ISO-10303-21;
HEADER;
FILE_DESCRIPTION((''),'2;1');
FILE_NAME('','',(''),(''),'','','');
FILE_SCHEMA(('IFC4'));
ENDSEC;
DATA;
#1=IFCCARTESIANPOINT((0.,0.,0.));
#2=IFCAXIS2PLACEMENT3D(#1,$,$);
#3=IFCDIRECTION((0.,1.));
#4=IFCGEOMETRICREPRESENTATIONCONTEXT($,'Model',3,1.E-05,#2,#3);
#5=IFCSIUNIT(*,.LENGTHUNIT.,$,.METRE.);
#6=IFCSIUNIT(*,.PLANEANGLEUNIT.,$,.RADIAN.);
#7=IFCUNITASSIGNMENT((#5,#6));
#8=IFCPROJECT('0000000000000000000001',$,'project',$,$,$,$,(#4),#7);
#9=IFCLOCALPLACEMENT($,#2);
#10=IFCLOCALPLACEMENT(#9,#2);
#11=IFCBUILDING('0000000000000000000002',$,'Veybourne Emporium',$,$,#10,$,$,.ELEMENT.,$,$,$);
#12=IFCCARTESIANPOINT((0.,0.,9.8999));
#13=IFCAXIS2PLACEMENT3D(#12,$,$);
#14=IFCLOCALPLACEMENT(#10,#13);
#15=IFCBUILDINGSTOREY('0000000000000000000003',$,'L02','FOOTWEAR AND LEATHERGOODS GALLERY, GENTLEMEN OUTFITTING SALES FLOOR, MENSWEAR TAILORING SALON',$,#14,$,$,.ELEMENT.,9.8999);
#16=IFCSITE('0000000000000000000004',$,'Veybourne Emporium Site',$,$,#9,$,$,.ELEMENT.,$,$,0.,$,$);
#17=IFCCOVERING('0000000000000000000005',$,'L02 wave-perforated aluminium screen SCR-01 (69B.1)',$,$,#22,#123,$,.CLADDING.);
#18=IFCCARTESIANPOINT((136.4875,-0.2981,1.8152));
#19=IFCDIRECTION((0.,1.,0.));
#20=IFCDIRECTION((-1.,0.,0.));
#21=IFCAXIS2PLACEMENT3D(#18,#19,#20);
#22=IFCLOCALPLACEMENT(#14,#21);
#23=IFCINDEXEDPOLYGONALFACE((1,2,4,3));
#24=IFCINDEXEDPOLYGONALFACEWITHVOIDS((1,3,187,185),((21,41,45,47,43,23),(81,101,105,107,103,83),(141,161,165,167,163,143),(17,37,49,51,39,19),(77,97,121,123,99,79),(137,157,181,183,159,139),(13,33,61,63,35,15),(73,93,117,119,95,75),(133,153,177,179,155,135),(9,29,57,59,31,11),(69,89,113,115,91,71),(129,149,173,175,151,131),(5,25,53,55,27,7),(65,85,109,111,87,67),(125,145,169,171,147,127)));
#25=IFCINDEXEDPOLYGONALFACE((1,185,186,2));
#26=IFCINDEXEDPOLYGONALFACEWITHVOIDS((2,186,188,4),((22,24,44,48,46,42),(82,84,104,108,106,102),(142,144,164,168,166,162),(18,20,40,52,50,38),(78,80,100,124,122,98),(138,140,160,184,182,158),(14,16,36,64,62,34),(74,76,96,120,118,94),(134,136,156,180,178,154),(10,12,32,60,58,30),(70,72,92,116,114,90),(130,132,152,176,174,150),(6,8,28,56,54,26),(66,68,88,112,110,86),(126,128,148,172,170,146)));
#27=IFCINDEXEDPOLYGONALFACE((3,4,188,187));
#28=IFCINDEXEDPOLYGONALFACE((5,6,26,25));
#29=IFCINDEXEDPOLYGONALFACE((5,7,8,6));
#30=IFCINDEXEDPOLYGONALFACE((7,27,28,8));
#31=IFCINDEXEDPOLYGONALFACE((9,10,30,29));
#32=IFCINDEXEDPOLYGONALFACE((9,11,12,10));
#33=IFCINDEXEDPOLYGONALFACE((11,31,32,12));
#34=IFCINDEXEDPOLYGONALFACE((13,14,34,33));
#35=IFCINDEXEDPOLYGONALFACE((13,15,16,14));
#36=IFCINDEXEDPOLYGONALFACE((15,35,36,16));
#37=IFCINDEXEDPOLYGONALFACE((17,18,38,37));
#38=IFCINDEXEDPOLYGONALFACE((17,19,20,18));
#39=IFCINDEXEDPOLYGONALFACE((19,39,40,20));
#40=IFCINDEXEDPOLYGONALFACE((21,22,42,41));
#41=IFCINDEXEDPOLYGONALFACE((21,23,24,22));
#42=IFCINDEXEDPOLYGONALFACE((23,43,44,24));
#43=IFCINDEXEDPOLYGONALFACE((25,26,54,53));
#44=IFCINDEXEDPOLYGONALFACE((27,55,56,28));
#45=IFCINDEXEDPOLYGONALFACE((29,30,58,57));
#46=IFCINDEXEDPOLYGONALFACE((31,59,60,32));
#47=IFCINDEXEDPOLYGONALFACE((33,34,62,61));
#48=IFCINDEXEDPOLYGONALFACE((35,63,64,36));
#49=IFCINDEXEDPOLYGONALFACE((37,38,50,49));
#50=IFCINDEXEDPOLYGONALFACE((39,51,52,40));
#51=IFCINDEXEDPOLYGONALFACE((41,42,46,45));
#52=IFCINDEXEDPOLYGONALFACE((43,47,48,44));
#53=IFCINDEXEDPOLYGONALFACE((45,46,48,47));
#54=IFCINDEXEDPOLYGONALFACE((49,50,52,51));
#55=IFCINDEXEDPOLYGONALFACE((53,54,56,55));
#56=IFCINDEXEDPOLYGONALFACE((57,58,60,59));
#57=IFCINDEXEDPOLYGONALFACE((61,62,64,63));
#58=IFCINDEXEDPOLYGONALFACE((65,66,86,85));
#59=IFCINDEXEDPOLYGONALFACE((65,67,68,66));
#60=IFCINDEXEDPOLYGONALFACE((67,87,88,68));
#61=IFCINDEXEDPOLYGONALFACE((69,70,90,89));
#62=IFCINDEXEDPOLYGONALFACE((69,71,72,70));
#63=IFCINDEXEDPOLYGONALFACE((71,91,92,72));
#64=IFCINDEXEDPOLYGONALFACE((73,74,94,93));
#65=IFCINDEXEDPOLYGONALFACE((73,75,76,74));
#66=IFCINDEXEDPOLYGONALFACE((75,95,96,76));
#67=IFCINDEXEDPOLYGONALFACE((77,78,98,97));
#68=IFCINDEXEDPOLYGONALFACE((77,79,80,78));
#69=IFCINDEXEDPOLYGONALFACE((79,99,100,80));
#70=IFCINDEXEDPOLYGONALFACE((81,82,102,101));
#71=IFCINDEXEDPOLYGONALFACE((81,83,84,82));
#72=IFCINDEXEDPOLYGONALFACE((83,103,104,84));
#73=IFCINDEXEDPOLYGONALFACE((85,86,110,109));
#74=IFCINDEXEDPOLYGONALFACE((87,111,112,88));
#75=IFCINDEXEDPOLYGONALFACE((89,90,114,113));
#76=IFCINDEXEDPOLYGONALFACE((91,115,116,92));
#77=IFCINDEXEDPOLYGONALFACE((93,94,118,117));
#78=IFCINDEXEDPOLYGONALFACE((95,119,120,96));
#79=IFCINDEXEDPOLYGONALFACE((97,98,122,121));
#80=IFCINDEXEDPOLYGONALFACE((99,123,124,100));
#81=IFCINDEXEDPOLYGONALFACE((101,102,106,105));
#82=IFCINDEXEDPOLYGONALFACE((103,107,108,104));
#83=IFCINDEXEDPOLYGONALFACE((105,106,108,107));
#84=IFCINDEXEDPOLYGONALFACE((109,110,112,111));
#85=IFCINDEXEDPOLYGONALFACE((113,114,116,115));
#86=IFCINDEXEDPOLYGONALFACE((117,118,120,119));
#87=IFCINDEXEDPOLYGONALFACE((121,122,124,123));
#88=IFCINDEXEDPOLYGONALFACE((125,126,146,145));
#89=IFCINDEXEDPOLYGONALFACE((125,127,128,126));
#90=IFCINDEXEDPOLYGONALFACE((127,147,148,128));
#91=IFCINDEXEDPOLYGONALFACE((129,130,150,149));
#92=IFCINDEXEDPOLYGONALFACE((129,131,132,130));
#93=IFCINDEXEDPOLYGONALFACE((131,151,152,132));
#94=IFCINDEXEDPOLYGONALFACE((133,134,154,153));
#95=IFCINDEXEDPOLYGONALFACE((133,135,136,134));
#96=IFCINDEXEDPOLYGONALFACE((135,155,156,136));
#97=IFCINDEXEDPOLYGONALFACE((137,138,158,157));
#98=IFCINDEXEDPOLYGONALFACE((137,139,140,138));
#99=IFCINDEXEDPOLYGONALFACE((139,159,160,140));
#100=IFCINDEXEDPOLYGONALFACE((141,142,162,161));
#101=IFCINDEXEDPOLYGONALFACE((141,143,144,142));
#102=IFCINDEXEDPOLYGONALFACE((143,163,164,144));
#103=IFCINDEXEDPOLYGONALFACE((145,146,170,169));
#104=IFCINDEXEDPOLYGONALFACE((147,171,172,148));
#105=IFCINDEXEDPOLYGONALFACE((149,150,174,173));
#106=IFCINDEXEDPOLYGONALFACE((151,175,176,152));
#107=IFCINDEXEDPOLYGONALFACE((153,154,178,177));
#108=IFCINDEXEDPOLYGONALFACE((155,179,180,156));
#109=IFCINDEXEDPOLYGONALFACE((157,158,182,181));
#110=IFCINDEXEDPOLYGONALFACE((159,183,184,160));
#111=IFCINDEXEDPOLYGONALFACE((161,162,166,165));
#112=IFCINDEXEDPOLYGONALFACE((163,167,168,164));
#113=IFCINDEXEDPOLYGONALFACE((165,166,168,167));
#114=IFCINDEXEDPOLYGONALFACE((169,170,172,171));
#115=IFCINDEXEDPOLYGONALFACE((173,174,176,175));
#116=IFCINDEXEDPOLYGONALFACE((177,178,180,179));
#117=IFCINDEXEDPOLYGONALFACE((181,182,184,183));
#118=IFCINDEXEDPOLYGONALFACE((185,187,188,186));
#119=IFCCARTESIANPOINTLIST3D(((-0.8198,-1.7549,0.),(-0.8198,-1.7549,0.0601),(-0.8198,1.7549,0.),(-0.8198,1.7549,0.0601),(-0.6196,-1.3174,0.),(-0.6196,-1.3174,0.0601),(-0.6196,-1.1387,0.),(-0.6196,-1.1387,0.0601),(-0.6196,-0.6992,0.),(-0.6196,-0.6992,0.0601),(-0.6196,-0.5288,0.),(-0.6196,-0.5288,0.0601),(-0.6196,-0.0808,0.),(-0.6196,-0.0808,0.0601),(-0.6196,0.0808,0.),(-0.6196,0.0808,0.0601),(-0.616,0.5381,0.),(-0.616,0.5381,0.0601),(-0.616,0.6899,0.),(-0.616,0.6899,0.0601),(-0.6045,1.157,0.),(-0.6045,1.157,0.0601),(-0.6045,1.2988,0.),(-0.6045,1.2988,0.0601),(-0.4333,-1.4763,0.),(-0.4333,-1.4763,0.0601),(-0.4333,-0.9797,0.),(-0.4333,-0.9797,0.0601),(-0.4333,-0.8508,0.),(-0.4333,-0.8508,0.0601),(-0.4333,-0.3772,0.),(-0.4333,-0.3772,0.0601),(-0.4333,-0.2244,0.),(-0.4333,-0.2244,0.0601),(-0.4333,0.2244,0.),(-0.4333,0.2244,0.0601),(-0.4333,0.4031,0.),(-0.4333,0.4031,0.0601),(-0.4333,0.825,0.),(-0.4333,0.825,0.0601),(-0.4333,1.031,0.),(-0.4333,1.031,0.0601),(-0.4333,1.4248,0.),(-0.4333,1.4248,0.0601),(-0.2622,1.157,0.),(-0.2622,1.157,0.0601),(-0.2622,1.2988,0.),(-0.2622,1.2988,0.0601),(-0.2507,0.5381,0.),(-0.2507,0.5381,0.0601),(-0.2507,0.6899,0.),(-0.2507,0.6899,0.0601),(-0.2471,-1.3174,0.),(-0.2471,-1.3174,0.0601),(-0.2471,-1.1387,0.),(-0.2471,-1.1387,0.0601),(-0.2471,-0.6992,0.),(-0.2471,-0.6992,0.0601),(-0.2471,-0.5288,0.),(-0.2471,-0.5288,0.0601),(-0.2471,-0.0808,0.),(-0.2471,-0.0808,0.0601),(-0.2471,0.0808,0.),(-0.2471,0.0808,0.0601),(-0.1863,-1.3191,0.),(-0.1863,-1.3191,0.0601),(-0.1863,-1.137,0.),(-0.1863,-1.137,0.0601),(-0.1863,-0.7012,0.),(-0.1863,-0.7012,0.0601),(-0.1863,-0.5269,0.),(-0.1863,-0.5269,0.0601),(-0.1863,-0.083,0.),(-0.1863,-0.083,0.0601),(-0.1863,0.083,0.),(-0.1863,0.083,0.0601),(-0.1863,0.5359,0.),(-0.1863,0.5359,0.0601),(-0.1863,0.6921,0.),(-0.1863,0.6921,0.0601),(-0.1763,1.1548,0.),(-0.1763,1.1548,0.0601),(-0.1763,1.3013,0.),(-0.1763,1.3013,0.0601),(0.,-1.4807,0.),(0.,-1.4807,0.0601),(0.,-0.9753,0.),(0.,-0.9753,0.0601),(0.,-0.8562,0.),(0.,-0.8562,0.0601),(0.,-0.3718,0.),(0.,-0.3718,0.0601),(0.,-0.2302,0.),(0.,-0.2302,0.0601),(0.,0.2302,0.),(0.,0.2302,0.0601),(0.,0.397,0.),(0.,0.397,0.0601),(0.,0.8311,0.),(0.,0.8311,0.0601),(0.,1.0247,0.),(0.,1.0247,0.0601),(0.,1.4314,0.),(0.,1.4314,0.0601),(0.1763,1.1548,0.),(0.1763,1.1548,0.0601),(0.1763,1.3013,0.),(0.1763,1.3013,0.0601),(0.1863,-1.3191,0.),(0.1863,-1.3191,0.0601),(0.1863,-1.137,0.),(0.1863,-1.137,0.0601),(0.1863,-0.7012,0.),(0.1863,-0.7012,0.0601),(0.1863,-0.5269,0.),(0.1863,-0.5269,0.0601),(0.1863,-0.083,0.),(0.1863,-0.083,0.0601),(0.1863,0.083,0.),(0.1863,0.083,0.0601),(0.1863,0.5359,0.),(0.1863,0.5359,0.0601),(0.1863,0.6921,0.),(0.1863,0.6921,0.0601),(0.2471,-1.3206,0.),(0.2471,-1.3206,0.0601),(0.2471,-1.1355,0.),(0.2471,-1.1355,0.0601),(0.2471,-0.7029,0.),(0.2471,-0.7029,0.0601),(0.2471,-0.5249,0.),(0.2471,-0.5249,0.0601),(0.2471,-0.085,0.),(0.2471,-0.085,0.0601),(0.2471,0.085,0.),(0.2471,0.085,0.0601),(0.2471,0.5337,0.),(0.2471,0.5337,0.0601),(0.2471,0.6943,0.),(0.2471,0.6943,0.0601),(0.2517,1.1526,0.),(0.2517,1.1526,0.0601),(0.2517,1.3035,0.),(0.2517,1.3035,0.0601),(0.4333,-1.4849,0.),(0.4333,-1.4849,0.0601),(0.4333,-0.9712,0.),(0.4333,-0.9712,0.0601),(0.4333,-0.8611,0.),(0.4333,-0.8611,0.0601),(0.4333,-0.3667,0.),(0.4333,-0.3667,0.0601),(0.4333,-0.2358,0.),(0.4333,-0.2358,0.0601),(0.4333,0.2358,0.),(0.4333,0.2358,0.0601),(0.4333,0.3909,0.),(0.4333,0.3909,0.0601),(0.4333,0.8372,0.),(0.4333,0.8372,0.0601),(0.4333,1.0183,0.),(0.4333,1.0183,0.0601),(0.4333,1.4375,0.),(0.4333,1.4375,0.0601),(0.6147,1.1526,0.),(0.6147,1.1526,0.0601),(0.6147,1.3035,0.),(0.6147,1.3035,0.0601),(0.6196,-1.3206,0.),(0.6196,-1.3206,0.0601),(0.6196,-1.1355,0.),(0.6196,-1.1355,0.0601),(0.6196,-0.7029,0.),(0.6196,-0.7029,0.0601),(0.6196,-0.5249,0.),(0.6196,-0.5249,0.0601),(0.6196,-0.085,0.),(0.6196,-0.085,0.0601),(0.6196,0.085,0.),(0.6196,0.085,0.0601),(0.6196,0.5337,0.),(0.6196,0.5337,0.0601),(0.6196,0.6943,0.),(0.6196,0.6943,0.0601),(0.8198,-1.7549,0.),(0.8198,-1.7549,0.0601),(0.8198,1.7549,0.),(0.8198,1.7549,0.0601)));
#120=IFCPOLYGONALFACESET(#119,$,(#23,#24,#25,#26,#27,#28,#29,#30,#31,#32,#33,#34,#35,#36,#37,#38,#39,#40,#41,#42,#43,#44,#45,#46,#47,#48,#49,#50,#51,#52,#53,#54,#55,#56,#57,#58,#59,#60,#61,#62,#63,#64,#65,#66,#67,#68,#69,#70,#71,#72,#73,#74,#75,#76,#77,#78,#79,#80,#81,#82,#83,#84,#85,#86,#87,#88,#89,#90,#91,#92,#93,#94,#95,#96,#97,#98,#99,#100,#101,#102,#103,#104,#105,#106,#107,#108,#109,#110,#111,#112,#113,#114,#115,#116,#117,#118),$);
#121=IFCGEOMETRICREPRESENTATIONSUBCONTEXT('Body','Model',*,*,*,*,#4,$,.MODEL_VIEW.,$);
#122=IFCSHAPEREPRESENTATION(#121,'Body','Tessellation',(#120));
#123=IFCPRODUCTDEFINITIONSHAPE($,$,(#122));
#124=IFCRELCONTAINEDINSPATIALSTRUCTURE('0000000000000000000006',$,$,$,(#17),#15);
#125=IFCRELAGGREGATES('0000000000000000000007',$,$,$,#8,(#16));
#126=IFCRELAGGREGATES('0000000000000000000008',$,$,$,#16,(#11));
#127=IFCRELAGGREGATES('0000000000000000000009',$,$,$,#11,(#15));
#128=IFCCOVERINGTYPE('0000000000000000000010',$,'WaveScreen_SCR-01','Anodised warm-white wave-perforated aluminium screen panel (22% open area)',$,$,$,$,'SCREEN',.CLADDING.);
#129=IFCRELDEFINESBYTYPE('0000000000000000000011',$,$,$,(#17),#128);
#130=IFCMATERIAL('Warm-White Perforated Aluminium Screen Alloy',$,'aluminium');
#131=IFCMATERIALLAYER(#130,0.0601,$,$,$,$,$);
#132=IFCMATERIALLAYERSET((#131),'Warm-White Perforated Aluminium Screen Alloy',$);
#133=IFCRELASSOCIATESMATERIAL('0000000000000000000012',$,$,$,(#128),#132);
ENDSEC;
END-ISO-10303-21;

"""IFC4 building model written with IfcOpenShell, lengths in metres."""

from ifc_helpers import new_model, si_unit, direction, frame, origin, place, context, subcontext, project, spatial, polyline, outline, extrude, material, layer, layer_set, type_object, element, save


model = new_model("IFC4")

# Units and contexts
model_context = context("Model", 3, precision=1e-05, world=origin(), true_north=direction((0.0, 1.0)))
body_context = subcontext(model_context, "Body", "Model", "MODEL_VIEW")
ifc_project = project(units=[si_unit("LENGTHUNIT", "METRE"), si_unit("PLANEANGLEUNIT", "RADIAN")], contexts=[model_context])

# Site, building, storey
site_placement = place(None, origin())
site = spatial("IfcSite", under=ifc_project, at=site_placement, Name="Veybourne Emporium Site", CompositionType="ELEMENT", RefElevation=0.0)
building_placement = place(site_placement, origin())
building = spatial("IfcBuilding", under=site, at=building_placement, Name="Veybourne Emporium", CompositionType="ELEMENT")
storey_placement = place(building_placement, frame((0.0, 0.0, 9.8999)))
storey = spatial("IfcBuildingStorey", under=building, at=storey_placement, Name="L02", Description="FOOTWEAR AND LEATHERGOODS GALLERY, GENTLEMEN OUTFITTING SALES FLOOR, MENSWEAR TAILORING SALON", CompositionType="ELEMENT", Elevation=9.8999)

# Covering
ifc_material_1 = material(Name="Warm-White Perforated Aluminium Screen Alloy", Category="aluminium")
ifc_layer_1 = layer(ifc_material_1, 0.0601)
ifc_layer_set_1 = layer_set([ifc_layer_1], Name="Warm-White Perforated Aluminium Screen Alloy")
covering_type_1 = type_object("IfcCoveringType", Name="WaveScreen_SCR-01", Description="Anodised warm-white wave-perforated aluminium screen panel (22% open area)", ElementType="SCREEN", PredefinedType="CLADDING", material=ifc_layer_set_1)
covering_1_placement = place(storey_placement, frame((136.4875, -0.2981, 1.8152), z_axis=(0.0, 1.0, 0.0), x_axis=(-1.0, 0.0, 0.0)))
element("IfcCovering", 1, at=covering_1_placement, inside=storey, type_object=covering_type_1, Name="L02 wave-perforated aluminium screen SCR-01 (69B.1)", PredefinedType="CLADDING", context=body_context, shape_type="SweptSolid", body=[
    extrude(outline(polyline([(-0.8198, -1.7549), (0.8198, -1.7549), (0.8198, 1.7549), (-0.8198, 1.7549), (-0.8198, -1.7549)]), holes=[polyline([(-0.4333, -0.9797), (-0.2471, -1.1387), (-0.2471, -1.3174), (-0.4333, -1.4763), (-0.6196, -1.3174), (-0.6196, -1.1387), (-0.4333, -0.9797)]), polyline([(-0.4333, -0.3772), (-0.2471, -0.5288), (-0.2471, -0.6992), (-0.4333, -0.8508), (-0.6196, -0.6992), (-0.6196, -0.5288), (-0.4333, -0.3772)]), polyline([(-0.4333, 0.2244), (-0.2471, 0.0808), (-0.2471, -0.0808), (-0.4333, -0.2244), (-0.6196, -0.0808), (-0.6196, 0.0808), (-0.4333, 0.2244)]), polyline([(-0.4333, 0.825), (-0.2507, 0.6899), (-0.2507, 0.5381), (-0.4333, 0.4031), (-0.616, 0.5381), (-0.616, 0.6899), (-0.4333, 0.825)]), polyline([(-0.4333, 1.4248), (-0.2622, 1.2988), (-0.2622, 1.157), (-0.4333, 1.031), (-0.6045, 1.157), (-0.6045, 1.2988), (-0.4333, 1.4248)]), polyline([(0.0, -0.9753), (0.1863, -1.137), (0.1863, -1.3191), (0.0, -1.4807), (-0.1863, -1.3191), (-0.1863, -1.137), (0.0, -0.9753)]), polyline([(0.0, -0.3718), (0.1863, -0.5269), (0.1863, -0.7012), (0.0, -0.8562), (-0.1863, -0.7012), (-0.1863, -0.5269), (0.0, -0.3718)]), polyline([(0.0, 0.2302), (0.1863, 0.083), (0.1863, -0.083), (0.0, -0.2302), (-0.1863, -0.083), (-0.1863, 0.083), (0.0, 0.2302)]), polyline([(0.0, 0.8311), (0.1863, 0.6921), (0.1863, 0.5359), (0.0, 0.397), (-0.1863, 0.5359), (-0.1863, 0.6921), (0.0, 0.8311)]), polyline([(0.0, 1.4314), (0.1763, 1.3013), (0.1763, 1.1548), (0.0, 1.0247), (-0.1763, 1.1548), (-0.1763, 1.3013), (0.0, 1.4314)]), polyline([(0.4333, -0.9712), (0.6196, -1.1355), (0.6196, -1.3206), (0.4333, -1.4849), (0.2471, -1.3206), (0.2471, -1.1355), (0.4333, -0.9712)]), polyline([(0.4333, -0.3667), (0.6196, -0.5249), (0.6196, -0.7029), (0.4333, -0.8611), (0.2471, -0.7029), (0.2471, -0.5249), (0.4333, -0.3667)]), polyline([(0.4333, 0.2358), (0.6196, 0.085), (0.6196, -0.085), (0.4333, -0.2358), (0.2471, -0.085), (0.2471, 0.085), (0.4333, 0.2358)]), polyline([(0.4333, 0.8372), (0.6196, 0.6943), (0.6196, 0.5337), (0.4333, 0.3909), (0.2471, 0.5337), (0.2471, 0.6943), (0.4333, 0.8372)]), polyline([(0.4333, 1.4375), (0.6147, 1.3035), (0.6147, 1.1526), (0.4333, 1.0183), (0.2517, 1.1526), (0.2517, 1.3035), (0.4333, 1.4375)])]), origin(), (0.0, 0.0, 1.0), 0.0601),
])

save(model, "model.ifc")
